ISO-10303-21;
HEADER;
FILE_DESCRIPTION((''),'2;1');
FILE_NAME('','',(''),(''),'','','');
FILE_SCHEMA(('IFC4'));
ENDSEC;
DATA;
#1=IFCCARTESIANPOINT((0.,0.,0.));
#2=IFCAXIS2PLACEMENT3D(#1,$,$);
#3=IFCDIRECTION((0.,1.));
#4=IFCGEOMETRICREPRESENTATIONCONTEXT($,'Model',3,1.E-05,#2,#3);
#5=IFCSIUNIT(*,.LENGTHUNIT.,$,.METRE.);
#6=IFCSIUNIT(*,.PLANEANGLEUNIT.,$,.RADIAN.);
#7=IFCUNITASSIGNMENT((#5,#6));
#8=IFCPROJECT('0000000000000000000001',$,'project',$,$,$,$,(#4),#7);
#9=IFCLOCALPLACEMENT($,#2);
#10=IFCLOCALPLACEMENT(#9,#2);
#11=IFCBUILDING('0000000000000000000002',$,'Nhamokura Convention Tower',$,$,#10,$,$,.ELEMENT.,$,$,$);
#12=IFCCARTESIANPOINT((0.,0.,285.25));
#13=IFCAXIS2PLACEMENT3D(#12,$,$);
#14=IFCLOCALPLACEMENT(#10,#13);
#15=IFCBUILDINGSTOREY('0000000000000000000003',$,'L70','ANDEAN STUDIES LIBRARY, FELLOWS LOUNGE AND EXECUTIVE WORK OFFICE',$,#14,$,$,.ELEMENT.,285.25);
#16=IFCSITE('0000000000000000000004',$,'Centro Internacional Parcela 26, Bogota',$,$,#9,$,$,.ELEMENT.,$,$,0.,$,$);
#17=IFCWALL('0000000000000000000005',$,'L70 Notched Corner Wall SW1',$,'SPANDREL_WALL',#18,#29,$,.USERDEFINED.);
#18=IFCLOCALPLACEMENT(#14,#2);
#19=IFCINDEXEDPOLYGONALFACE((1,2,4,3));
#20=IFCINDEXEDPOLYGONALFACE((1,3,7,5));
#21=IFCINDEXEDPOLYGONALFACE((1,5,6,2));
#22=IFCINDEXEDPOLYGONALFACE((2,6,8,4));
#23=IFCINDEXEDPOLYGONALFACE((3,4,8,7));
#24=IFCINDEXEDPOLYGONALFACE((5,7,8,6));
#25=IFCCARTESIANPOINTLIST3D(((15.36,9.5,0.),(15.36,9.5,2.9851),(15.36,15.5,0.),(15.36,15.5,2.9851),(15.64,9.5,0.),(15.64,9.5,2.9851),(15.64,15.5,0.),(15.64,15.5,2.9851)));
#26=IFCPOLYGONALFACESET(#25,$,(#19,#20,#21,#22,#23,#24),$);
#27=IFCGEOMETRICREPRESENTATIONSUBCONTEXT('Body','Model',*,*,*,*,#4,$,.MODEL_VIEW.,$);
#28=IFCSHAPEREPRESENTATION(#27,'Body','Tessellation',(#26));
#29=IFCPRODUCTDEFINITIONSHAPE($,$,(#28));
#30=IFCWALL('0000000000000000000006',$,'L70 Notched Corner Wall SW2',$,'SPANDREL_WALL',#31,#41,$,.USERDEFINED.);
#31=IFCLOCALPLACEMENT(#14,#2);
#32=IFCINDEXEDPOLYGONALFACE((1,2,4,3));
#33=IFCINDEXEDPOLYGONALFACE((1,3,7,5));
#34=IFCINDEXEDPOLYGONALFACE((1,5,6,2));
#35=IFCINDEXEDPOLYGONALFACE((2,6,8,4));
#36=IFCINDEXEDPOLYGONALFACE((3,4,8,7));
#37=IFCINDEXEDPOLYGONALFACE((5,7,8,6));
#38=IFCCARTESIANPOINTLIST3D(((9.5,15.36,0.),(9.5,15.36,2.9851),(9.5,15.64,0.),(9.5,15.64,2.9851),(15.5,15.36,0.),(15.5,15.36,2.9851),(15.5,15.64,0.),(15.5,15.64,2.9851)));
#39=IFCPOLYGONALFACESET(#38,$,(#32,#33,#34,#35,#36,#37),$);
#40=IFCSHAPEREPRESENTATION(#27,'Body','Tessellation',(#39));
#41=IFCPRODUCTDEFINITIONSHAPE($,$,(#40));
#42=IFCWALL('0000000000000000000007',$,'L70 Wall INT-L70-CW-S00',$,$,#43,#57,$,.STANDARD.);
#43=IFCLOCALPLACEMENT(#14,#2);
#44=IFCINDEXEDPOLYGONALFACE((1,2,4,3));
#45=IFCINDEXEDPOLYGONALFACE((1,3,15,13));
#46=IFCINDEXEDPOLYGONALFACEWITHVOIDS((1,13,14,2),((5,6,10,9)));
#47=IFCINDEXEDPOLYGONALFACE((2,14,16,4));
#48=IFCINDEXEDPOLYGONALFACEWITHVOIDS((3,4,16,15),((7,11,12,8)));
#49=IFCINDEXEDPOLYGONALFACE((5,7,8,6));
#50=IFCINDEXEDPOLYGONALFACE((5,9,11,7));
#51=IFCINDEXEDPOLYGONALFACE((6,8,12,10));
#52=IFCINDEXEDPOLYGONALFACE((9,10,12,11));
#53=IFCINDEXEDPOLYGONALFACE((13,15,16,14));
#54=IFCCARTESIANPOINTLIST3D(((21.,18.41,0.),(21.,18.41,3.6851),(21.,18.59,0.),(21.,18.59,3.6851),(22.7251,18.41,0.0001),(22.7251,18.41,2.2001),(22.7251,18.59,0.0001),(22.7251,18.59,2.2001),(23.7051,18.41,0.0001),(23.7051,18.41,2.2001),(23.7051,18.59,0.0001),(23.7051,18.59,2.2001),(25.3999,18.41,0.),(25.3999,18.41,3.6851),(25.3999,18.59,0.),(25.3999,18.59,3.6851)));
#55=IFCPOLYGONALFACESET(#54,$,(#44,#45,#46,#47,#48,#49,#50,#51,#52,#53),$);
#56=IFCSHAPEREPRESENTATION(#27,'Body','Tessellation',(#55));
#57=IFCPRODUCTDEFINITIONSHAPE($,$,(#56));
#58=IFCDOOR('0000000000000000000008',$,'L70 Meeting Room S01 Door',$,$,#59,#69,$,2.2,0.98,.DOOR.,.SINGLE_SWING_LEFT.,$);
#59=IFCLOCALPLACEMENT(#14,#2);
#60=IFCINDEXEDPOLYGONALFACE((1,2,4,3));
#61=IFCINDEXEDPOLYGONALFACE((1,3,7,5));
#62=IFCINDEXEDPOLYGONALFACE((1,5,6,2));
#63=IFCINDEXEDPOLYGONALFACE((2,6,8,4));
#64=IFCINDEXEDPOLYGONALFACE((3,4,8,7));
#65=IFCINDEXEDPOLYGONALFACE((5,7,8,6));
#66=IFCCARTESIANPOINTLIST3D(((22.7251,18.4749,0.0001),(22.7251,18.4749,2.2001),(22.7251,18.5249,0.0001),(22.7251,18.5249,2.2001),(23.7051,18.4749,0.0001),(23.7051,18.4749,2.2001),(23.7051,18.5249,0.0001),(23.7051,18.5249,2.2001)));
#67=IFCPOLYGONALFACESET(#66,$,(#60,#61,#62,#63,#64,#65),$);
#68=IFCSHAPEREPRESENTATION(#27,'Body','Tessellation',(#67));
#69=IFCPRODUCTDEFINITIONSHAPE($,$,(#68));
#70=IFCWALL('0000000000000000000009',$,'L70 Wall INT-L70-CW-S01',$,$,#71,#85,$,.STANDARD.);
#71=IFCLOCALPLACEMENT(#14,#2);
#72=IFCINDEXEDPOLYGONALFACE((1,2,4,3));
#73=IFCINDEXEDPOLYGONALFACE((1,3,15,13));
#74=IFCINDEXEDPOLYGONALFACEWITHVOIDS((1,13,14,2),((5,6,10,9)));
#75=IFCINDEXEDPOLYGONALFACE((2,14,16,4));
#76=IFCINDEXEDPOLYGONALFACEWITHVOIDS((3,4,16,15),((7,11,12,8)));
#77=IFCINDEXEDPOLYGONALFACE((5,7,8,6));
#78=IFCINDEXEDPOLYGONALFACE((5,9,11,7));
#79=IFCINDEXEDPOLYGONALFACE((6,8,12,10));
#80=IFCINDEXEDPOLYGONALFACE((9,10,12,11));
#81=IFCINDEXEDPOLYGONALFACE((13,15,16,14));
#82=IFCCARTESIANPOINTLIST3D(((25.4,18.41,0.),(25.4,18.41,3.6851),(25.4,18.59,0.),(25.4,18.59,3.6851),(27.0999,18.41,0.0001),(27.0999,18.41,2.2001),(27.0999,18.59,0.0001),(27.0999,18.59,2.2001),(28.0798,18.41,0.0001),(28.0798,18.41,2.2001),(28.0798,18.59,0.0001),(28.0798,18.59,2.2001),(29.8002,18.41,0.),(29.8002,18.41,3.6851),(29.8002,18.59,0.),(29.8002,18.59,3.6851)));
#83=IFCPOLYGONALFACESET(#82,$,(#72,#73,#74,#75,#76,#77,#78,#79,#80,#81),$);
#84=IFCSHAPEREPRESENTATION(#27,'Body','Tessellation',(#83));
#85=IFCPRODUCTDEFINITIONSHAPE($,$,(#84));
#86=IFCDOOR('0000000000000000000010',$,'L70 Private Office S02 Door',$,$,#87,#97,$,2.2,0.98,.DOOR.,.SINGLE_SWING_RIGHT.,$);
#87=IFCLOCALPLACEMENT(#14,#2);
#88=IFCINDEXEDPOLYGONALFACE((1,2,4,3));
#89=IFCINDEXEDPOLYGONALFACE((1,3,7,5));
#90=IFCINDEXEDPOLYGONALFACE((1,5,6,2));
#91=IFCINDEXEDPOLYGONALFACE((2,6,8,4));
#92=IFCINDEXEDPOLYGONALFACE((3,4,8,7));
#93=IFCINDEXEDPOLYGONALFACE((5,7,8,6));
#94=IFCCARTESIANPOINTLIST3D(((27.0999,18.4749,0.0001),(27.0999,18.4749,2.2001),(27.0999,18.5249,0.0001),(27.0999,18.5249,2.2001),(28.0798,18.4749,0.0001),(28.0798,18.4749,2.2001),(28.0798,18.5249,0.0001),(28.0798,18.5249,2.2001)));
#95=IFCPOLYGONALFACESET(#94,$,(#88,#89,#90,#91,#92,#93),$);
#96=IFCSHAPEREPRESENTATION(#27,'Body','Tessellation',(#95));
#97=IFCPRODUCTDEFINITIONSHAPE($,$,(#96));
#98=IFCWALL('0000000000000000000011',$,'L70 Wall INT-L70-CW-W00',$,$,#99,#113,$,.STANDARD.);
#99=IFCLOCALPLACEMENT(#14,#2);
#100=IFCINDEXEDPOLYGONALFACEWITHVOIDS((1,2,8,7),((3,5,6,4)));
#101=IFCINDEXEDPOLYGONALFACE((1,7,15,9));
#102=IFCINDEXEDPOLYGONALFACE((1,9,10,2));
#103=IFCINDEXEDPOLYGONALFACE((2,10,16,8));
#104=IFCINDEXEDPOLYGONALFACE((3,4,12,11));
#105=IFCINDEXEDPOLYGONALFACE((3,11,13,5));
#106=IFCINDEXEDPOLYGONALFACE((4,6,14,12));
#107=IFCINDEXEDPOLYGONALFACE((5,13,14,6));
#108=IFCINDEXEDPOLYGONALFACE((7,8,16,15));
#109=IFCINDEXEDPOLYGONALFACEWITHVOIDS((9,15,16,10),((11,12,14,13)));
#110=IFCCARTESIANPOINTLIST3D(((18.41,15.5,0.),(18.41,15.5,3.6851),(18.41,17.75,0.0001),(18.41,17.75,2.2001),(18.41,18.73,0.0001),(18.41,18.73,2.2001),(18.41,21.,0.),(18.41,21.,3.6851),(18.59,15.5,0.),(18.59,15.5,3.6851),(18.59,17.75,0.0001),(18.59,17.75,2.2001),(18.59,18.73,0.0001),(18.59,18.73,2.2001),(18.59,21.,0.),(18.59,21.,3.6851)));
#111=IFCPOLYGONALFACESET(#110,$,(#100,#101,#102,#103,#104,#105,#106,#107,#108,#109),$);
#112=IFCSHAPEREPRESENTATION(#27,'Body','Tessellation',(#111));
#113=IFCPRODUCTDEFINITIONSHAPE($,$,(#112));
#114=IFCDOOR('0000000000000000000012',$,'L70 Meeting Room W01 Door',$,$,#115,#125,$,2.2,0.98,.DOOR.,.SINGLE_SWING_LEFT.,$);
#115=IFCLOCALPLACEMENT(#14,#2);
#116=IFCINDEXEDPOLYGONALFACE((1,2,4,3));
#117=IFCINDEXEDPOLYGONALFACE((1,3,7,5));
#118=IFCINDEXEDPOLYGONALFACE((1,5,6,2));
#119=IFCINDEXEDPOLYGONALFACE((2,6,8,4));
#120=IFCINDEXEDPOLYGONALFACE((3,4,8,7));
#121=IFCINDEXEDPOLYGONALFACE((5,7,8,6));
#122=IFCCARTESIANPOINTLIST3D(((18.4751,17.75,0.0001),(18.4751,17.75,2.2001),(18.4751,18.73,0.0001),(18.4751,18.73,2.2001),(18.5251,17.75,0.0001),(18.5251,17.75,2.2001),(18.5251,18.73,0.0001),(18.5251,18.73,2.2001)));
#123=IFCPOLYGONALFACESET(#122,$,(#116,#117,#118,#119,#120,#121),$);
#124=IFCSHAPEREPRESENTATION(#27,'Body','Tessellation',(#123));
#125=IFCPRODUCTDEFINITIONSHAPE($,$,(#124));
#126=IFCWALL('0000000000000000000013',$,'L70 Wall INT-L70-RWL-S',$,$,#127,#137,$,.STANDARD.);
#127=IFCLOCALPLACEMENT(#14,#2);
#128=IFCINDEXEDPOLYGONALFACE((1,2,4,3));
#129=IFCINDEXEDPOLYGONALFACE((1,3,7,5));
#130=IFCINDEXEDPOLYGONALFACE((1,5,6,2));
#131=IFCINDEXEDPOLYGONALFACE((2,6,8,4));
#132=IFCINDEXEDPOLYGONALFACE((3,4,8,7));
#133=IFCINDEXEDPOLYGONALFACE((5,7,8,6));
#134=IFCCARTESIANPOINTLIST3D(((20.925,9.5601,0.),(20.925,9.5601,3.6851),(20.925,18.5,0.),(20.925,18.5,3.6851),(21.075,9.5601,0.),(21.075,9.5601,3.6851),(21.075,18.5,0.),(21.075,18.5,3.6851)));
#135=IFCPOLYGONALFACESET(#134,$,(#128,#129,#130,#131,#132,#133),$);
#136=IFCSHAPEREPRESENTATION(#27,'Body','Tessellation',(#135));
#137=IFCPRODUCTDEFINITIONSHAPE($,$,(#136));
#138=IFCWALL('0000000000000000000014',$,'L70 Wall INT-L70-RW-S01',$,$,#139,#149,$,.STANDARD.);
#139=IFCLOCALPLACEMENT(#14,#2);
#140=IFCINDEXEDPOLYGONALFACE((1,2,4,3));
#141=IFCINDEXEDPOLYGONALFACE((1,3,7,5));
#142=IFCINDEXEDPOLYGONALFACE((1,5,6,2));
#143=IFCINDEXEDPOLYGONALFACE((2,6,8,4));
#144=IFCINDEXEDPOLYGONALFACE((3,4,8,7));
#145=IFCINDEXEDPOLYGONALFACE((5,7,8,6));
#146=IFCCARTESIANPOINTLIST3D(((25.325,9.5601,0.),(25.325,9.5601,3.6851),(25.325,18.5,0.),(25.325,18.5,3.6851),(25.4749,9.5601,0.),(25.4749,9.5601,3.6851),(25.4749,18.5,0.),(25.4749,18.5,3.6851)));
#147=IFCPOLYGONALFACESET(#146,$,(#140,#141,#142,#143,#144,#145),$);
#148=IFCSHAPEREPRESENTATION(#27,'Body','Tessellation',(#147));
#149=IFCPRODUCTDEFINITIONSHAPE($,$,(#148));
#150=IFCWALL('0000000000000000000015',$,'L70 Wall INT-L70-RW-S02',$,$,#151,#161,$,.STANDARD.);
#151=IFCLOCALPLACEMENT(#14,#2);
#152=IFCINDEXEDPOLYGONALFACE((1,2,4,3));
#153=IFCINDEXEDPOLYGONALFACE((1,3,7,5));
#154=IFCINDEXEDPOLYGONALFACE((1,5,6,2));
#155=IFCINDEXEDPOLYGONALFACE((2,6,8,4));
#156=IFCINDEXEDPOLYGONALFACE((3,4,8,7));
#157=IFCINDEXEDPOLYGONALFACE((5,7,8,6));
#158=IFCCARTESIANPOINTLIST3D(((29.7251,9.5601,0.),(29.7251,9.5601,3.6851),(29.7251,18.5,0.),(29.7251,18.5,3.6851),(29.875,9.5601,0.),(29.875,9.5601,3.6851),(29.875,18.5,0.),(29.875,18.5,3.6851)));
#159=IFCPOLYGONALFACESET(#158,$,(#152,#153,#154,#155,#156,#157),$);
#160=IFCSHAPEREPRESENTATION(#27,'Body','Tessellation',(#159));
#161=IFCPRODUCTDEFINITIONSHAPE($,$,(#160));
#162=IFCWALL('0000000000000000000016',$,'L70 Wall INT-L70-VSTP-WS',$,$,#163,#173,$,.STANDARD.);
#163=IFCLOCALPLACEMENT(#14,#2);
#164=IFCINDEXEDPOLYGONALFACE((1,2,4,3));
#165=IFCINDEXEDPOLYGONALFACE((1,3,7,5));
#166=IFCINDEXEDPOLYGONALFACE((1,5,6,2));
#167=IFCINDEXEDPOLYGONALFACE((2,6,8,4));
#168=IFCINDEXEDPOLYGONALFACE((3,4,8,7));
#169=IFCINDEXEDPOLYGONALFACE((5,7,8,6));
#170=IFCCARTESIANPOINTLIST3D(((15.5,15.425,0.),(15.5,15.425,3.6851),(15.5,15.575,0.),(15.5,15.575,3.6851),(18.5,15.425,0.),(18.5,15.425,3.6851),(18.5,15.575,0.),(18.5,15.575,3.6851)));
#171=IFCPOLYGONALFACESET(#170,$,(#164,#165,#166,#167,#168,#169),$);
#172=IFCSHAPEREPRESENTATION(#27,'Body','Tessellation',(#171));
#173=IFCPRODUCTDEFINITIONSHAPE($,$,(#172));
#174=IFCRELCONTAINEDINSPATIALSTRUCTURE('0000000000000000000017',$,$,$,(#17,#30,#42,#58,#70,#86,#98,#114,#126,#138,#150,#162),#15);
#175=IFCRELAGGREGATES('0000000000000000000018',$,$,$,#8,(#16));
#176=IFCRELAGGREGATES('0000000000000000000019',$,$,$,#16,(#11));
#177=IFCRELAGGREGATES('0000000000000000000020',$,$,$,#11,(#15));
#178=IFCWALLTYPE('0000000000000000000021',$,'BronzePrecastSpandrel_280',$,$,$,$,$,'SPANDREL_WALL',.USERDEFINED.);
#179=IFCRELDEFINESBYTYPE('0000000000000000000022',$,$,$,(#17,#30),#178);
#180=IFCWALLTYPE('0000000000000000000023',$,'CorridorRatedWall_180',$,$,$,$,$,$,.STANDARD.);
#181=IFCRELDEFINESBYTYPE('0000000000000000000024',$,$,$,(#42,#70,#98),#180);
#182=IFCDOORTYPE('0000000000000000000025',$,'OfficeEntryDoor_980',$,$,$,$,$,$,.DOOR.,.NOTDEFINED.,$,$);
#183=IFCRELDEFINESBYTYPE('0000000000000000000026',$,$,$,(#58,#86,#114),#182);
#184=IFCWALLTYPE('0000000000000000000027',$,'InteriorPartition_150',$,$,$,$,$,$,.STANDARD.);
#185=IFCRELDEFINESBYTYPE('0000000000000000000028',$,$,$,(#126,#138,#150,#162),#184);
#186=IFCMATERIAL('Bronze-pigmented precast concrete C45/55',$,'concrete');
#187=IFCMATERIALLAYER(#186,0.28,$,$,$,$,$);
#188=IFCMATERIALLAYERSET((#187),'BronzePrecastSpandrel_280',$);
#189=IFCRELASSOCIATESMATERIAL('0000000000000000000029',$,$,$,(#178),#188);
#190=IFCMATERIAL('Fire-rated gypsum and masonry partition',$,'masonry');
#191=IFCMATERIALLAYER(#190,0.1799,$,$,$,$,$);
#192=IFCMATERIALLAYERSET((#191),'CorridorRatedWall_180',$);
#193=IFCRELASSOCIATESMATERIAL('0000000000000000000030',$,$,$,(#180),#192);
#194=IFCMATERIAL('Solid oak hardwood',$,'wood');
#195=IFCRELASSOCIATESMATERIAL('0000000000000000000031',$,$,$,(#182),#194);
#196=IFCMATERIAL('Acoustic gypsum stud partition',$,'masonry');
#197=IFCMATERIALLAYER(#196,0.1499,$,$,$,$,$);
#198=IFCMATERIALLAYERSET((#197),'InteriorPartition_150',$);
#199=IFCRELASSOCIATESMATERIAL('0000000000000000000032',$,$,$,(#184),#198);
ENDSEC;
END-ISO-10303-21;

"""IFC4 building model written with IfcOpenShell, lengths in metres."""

from ifc_helpers import new_model, si_unit, direction, frame, frame_2d, origin, place, context, subcontext, project, spatial, rectangle, extrude, material, layer, layer_set, type_object, element, fill, save


model = new_model("IFC4")

# Units and contexts
model_context = context("Model", 3, precision=1e-05, world=origin(), true_north=direction((0.0, 1.0)))
body_context = subcontext(model_context, "Body", "Model", "MODEL_VIEW")
ifc_project = project(units=[si_unit("LENGTHUNIT", "METRE"), si_unit("PLANEANGLEUNIT", "RADIAN")], contexts=[model_context])

# Site, building, storey
site_placement = place(None, origin())
site = spatial("IfcSite", under=ifc_project, at=site_placement, Name="Centro Internacional Parcela 26, Bogota", CompositionType="ELEMENT", RefElevation=0.0)
building_placement = place(site_placement, origin())
building = spatial("IfcBuilding", under=site, at=building_placement, Name="Nhamokura Convention Tower", CompositionType="ELEMENT")
storey_placement = place(building_placement, frame((0.0, 0.0, 285.25)))
storey = spatial("IfcBuildingStorey", under=building, at=storey_placement, Name="L70", Description="ANDEAN STUDIES LIBRARY, FELLOWS LOUNGE AND EXECUTIVE WORK OFFICE", CompositionType="ELEMENT", Elevation=285.25)

# Shared definitions
ifc_material_1 = material(Name="Bronze-pigmented precast concrete C45/55", Category="concrete")
ifc_layer_1 = layer(ifc_material_1, 0.28)
ifc_layer_set_1 = layer_set([ifc_layer_1], Name="BronzePrecastSpandrel_280")
wall_type_1 = type_object("IfcWallType", Name="BronzePrecastSpandrel_280", ElementType="SPANDREL_WALL", PredefinedType="USERDEFINED", material=ifc_layer_set_1)

# Walls
for number, where, z_axis, x_axis, name in (
    (1, (15.5, 9.5, 0.0), (0.0, 0.0, 1.0), (0.0, 1.0, 0.0), "L70 Notched Corner Wall SW1"),
    (2, (15.5, 15.5, 0.0), (0.0, 0.0, 1.0), (-1.0, 0.0, 0.0), "L70 Notched Corner Wall SW2"),
):
    element("IfcWall", number, at=place(storey_placement, frame(where, z_axis=z_axis, x_axis=x_axis)), inside=storey, type_object=wall_type_1, Name=name, ObjectType="SPANDREL_WALL", PredefinedType="USERDEFINED", context=body_context, shape_type="SweptSolid", body=[
        extrude(rectangle(XDim=6.0, YDim=0.28, at=frame_2d((3.0, 0.0))), origin(), (0.0, 0.0, 1.0), 2.9851),
    ])

# Walls, openings, doors
ifc_material_2 = material(Name="Fire-rated gypsum and masonry partition", Category="masonry")
ifc_layer_2 = layer(ifc_material_2, 0.1799)
ifc_layer_set_2 = layer_set([ifc_layer_2], Name="CorridorRatedWall_180")
wall_type_2 = type_object("IfcWallType", Name="CorridorRatedWall_180", PredefinedType="STANDARD", material=ifc_layer_set_2)
wall_1_placement = place(storey_placement, frame((21.0, 18.5, 0.0), z_axis=(0.0, 0.0, 1.0), x_axis=(1.0, 0.0, 0.0)))
wall_1 = element("IfcWall", 3, at=wall_1_placement, inside=storey, type_object=wall_type_2, Name="L70 Wall INT-L70-CW-S00", PredefinedType="STANDARD", context=body_context, shape_type="SweptSolid", body=[
    extrude(rectangle(XDim=4.3999, YDim=0.1799, at=frame_2d((2.2, 0.0))), origin(), (0.0, 0.0, 1.0), 3.6851),
])
opening_1_placement = place(wall_1_placement, frame((1.7251, 0.0, 0.0)))
opening_1 = element("IfcOpeningElement", 4, at=opening_1_placement, cuts=wall_1, PredefinedType="OPENING", context=body_context, shape_type="SweptSolid", body=[
    extrude(rectangle(XDim=0.98, YDim=2.2, at=frame_2d((0.49, 1.1001))), frame((0.0, 0.0999, 0.0), z_axis=(0.0, -1.0, 0.0), x_axis=(1.0, 0.0, 0.0)), (0.0, 0.0, 1.0), 0.2),
])
ifc_material_3 = material(Name="Solid oak hardwood", Category="wood")
door_type = type_object("IfcDoorType", Name="OfficeEntryDoor_980", OperationType="NOTDEFINED", PredefinedType="DOOR", material=ifc_material_3)
door_1_placement = place(opening_1_placement, origin())
door_1 = element("IfcDoor", 5, at=door_1_placement, inside=storey, type_object=door_type, Name="L70 Meeting Room S01 Door", OperationType="SINGLE_SWING_LEFT", OverallHeight=2.2, OverallWidth=0.98, PredefinedType="DOOR", context=body_context, shape_type="SweptSolid", body=[
    extrude(rectangle(XDim=0.98, YDim=2.2, at=frame_2d((0.49, 1.1001))), frame((0.0, 0.0249, 0.0), z_axis=(0.0, -1.0, 0.0), x_axis=(1.0, 0.0, 0.0)), (0.0, 0.0, 1.0), 0.05),
])
fill(opening_1, door_1)
wall_2_placement = place(storey_placement, frame((25.3999, 18.5, 0.0), z_axis=(0.0, 0.0, 1.0), x_axis=(1.0, 0.0, 0.0)))
wall_2 = element("IfcWall", 6, at=wall_2_placement, inside=storey, type_object=wall_type_2, Name="L70 Wall INT-L70-CW-S01", PredefinedType="STANDARD", context=body_context, shape_type="SweptSolid", body=[
    extrude(rectangle(XDim=4.4001, YDim=0.1799, at=frame_2d((2.2002, 0.0))), origin(), (0.0, 0.0, 1.0), 3.6851),
])
opening_2_placement = place(wall_2_placement, frame((1.7, 0.0, 0.0)))
opening_2 = element("IfcOpeningElement", 7, at=opening_2_placement, cuts=wall_2, PredefinedType="OPENING", context=body_context, shape_type="SweptSolid", body=[
    extrude(rectangle(XDim=0.98, YDim=2.2, at=frame_2d((0.49, 1.1001))), frame((0.0, 0.0999, 0.0), z_axis=(0.0, -1.0, 0.0), x_axis=(1.0, 0.0, 0.0)), (0.0, 0.0, 1.0), 0.2),
])
door_2_placement = place(opening_2_placement, origin())
door_2 = element("IfcDoor", 8, at=door_2_placement, inside=storey, type_object=door_type, Name="L70 Private Office S02 Door", OperationType="SINGLE_SWING_RIGHT", OverallHeight=2.2, OverallWidth=0.98, PredefinedType="DOOR", context=body_context, shape_type="SweptSolid", body=[
    extrude(rectangle(XDim=0.98, YDim=2.2, at=frame_2d((0.49, 1.1001))), frame((0.0, 0.0249, 0.0), z_axis=(0.0, -1.0, 0.0), x_axis=(1.0, 0.0, 0.0)), (0.0, 0.0, 1.0), 0.05),
])
fill(opening_2, door_2)
wall_3_placement = place(storey_placement, frame((18.5, 15.5, 0.0), z_axis=(0.0, 0.0, 1.0), x_axis=(0.0, 1.0, 0.0)))
wall_3 = element("IfcWall", 9, at=wall_3_placement, inside=storey, type_object=wall_type_2, Name="L70 Wall INT-L70-CW-W00", PredefinedType="STANDARD", context=body_context, shape_type="SweptSolid", body=[
    extrude(rectangle(XDim=5.5, YDim=0.1799, at=frame_2d((2.75, 0.0))), origin(), (0.0, 0.0, 1.0), 3.6851),
])
opening_3_placement = place(wall_3_placement, frame((2.25, 0.0, 0.0)))
opening_3 = element("IfcOpeningElement", 10, at=opening_3_placement, cuts=wall_3, PredefinedType="OPENING", context=body_context, shape_type="SweptSolid", body=[
    extrude(rectangle(XDim=0.98, YDim=2.2, at=frame_2d((0.49, 1.1001))), frame((0.0, 0.0999, 0.0), z_axis=(0.0, -1.0, 0.0), x_axis=(1.0, 0.0, 0.0)), (0.0, 0.0, 1.0), 0.2),
])
door_3_placement = place(opening_3_placement, origin())
door_3 = element("IfcDoor", 11, at=door_3_placement, inside=storey, type_object=door_type, Name="L70 Meeting Room W01 Door", OperationType="SINGLE_SWING_LEFT", OverallHeight=2.2, OverallWidth=0.98, PredefinedType="DOOR", context=body_context, shape_type="SweptSolid", body=[
    extrude(rectangle(XDim=0.98, YDim=2.2, at=frame_2d((0.49, 1.1001))), frame((0.0, 0.0249, 0.0), z_axis=(0.0, -1.0, 0.0), x_axis=(1.0, 0.0, 0.0)), (0.0, 0.0, 1.0), 0.05),
])
fill(opening_3, door_3)

# Walls
ifc_material_4 = material(Name="Acoustic gypsum stud partition", Category="masonry")
ifc_layer_3 = layer(ifc_material_4, 0.1499)
ifc_layer_set_3 = layer_set([ifc_layer_3], Name="InteriorPartition_150")
wall_type_3 = type_object("IfcWallType", Name="InteriorPartition_150", PredefinedType="STANDARD", material=ifc_layer_set_3)
for number, where, z_axis, x_axis, name in (
    (12, (21.0, 9.5601, 0.0), (0.0, 0.0, 1.0), (0.0, 1.0, 0.0), "L70 Wall INT-L70-RWL-S"),
    (13, (25.3999, 9.5601, 0.0), (0.0, 0.0, 1.0), (0.0, 1.0, 0.0), "L70 Wall INT-L70-RW-S01"),
    (14, (29.8, 9.5601, 0.0), (0.0, 0.0, 1.0), (0.0, 1.0, 0.0), "L70 Wall INT-L70-RW-S02"),
):
    element("IfcWall", number, at=place(storey_placement, frame(where, z_axis=z_axis, x_axis=x_axis)), inside=storey, type_object=wall_type_3, Name=name, PredefinedType="STANDARD", context=body_context, shape_type="SweptSolid", body=[
        extrude(rectangle(XDim=8.9399, YDim=0.1499, at=frame_2d((4.47, 0.0))), origin(), (0.0, 0.0, 1.0), 3.6851),
    ])
wall_4_placement = place(storey_placement, frame((15.5, 15.5, 0.0), z_axis=(0.0, 0.0, 1.0), x_axis=(1.0, 0.0, 0.0)))
element("IfcWall", 15, at=wall_4_placement, inside=storey, type_object=wall_type_3, Name="L70 Wall INT-L70-VSTP-WS", PredefinedType="STANDARD", context=body_context, shape_type="SweptSolid", body=[
    extrude(rectangle(XDim=3.0, YDim=0.1499, at=frame_2d((1.5, 0.0))), origin(), (0.0, 0.0, 1.0), 3.6851),
])

save(model, "model.ifc")
